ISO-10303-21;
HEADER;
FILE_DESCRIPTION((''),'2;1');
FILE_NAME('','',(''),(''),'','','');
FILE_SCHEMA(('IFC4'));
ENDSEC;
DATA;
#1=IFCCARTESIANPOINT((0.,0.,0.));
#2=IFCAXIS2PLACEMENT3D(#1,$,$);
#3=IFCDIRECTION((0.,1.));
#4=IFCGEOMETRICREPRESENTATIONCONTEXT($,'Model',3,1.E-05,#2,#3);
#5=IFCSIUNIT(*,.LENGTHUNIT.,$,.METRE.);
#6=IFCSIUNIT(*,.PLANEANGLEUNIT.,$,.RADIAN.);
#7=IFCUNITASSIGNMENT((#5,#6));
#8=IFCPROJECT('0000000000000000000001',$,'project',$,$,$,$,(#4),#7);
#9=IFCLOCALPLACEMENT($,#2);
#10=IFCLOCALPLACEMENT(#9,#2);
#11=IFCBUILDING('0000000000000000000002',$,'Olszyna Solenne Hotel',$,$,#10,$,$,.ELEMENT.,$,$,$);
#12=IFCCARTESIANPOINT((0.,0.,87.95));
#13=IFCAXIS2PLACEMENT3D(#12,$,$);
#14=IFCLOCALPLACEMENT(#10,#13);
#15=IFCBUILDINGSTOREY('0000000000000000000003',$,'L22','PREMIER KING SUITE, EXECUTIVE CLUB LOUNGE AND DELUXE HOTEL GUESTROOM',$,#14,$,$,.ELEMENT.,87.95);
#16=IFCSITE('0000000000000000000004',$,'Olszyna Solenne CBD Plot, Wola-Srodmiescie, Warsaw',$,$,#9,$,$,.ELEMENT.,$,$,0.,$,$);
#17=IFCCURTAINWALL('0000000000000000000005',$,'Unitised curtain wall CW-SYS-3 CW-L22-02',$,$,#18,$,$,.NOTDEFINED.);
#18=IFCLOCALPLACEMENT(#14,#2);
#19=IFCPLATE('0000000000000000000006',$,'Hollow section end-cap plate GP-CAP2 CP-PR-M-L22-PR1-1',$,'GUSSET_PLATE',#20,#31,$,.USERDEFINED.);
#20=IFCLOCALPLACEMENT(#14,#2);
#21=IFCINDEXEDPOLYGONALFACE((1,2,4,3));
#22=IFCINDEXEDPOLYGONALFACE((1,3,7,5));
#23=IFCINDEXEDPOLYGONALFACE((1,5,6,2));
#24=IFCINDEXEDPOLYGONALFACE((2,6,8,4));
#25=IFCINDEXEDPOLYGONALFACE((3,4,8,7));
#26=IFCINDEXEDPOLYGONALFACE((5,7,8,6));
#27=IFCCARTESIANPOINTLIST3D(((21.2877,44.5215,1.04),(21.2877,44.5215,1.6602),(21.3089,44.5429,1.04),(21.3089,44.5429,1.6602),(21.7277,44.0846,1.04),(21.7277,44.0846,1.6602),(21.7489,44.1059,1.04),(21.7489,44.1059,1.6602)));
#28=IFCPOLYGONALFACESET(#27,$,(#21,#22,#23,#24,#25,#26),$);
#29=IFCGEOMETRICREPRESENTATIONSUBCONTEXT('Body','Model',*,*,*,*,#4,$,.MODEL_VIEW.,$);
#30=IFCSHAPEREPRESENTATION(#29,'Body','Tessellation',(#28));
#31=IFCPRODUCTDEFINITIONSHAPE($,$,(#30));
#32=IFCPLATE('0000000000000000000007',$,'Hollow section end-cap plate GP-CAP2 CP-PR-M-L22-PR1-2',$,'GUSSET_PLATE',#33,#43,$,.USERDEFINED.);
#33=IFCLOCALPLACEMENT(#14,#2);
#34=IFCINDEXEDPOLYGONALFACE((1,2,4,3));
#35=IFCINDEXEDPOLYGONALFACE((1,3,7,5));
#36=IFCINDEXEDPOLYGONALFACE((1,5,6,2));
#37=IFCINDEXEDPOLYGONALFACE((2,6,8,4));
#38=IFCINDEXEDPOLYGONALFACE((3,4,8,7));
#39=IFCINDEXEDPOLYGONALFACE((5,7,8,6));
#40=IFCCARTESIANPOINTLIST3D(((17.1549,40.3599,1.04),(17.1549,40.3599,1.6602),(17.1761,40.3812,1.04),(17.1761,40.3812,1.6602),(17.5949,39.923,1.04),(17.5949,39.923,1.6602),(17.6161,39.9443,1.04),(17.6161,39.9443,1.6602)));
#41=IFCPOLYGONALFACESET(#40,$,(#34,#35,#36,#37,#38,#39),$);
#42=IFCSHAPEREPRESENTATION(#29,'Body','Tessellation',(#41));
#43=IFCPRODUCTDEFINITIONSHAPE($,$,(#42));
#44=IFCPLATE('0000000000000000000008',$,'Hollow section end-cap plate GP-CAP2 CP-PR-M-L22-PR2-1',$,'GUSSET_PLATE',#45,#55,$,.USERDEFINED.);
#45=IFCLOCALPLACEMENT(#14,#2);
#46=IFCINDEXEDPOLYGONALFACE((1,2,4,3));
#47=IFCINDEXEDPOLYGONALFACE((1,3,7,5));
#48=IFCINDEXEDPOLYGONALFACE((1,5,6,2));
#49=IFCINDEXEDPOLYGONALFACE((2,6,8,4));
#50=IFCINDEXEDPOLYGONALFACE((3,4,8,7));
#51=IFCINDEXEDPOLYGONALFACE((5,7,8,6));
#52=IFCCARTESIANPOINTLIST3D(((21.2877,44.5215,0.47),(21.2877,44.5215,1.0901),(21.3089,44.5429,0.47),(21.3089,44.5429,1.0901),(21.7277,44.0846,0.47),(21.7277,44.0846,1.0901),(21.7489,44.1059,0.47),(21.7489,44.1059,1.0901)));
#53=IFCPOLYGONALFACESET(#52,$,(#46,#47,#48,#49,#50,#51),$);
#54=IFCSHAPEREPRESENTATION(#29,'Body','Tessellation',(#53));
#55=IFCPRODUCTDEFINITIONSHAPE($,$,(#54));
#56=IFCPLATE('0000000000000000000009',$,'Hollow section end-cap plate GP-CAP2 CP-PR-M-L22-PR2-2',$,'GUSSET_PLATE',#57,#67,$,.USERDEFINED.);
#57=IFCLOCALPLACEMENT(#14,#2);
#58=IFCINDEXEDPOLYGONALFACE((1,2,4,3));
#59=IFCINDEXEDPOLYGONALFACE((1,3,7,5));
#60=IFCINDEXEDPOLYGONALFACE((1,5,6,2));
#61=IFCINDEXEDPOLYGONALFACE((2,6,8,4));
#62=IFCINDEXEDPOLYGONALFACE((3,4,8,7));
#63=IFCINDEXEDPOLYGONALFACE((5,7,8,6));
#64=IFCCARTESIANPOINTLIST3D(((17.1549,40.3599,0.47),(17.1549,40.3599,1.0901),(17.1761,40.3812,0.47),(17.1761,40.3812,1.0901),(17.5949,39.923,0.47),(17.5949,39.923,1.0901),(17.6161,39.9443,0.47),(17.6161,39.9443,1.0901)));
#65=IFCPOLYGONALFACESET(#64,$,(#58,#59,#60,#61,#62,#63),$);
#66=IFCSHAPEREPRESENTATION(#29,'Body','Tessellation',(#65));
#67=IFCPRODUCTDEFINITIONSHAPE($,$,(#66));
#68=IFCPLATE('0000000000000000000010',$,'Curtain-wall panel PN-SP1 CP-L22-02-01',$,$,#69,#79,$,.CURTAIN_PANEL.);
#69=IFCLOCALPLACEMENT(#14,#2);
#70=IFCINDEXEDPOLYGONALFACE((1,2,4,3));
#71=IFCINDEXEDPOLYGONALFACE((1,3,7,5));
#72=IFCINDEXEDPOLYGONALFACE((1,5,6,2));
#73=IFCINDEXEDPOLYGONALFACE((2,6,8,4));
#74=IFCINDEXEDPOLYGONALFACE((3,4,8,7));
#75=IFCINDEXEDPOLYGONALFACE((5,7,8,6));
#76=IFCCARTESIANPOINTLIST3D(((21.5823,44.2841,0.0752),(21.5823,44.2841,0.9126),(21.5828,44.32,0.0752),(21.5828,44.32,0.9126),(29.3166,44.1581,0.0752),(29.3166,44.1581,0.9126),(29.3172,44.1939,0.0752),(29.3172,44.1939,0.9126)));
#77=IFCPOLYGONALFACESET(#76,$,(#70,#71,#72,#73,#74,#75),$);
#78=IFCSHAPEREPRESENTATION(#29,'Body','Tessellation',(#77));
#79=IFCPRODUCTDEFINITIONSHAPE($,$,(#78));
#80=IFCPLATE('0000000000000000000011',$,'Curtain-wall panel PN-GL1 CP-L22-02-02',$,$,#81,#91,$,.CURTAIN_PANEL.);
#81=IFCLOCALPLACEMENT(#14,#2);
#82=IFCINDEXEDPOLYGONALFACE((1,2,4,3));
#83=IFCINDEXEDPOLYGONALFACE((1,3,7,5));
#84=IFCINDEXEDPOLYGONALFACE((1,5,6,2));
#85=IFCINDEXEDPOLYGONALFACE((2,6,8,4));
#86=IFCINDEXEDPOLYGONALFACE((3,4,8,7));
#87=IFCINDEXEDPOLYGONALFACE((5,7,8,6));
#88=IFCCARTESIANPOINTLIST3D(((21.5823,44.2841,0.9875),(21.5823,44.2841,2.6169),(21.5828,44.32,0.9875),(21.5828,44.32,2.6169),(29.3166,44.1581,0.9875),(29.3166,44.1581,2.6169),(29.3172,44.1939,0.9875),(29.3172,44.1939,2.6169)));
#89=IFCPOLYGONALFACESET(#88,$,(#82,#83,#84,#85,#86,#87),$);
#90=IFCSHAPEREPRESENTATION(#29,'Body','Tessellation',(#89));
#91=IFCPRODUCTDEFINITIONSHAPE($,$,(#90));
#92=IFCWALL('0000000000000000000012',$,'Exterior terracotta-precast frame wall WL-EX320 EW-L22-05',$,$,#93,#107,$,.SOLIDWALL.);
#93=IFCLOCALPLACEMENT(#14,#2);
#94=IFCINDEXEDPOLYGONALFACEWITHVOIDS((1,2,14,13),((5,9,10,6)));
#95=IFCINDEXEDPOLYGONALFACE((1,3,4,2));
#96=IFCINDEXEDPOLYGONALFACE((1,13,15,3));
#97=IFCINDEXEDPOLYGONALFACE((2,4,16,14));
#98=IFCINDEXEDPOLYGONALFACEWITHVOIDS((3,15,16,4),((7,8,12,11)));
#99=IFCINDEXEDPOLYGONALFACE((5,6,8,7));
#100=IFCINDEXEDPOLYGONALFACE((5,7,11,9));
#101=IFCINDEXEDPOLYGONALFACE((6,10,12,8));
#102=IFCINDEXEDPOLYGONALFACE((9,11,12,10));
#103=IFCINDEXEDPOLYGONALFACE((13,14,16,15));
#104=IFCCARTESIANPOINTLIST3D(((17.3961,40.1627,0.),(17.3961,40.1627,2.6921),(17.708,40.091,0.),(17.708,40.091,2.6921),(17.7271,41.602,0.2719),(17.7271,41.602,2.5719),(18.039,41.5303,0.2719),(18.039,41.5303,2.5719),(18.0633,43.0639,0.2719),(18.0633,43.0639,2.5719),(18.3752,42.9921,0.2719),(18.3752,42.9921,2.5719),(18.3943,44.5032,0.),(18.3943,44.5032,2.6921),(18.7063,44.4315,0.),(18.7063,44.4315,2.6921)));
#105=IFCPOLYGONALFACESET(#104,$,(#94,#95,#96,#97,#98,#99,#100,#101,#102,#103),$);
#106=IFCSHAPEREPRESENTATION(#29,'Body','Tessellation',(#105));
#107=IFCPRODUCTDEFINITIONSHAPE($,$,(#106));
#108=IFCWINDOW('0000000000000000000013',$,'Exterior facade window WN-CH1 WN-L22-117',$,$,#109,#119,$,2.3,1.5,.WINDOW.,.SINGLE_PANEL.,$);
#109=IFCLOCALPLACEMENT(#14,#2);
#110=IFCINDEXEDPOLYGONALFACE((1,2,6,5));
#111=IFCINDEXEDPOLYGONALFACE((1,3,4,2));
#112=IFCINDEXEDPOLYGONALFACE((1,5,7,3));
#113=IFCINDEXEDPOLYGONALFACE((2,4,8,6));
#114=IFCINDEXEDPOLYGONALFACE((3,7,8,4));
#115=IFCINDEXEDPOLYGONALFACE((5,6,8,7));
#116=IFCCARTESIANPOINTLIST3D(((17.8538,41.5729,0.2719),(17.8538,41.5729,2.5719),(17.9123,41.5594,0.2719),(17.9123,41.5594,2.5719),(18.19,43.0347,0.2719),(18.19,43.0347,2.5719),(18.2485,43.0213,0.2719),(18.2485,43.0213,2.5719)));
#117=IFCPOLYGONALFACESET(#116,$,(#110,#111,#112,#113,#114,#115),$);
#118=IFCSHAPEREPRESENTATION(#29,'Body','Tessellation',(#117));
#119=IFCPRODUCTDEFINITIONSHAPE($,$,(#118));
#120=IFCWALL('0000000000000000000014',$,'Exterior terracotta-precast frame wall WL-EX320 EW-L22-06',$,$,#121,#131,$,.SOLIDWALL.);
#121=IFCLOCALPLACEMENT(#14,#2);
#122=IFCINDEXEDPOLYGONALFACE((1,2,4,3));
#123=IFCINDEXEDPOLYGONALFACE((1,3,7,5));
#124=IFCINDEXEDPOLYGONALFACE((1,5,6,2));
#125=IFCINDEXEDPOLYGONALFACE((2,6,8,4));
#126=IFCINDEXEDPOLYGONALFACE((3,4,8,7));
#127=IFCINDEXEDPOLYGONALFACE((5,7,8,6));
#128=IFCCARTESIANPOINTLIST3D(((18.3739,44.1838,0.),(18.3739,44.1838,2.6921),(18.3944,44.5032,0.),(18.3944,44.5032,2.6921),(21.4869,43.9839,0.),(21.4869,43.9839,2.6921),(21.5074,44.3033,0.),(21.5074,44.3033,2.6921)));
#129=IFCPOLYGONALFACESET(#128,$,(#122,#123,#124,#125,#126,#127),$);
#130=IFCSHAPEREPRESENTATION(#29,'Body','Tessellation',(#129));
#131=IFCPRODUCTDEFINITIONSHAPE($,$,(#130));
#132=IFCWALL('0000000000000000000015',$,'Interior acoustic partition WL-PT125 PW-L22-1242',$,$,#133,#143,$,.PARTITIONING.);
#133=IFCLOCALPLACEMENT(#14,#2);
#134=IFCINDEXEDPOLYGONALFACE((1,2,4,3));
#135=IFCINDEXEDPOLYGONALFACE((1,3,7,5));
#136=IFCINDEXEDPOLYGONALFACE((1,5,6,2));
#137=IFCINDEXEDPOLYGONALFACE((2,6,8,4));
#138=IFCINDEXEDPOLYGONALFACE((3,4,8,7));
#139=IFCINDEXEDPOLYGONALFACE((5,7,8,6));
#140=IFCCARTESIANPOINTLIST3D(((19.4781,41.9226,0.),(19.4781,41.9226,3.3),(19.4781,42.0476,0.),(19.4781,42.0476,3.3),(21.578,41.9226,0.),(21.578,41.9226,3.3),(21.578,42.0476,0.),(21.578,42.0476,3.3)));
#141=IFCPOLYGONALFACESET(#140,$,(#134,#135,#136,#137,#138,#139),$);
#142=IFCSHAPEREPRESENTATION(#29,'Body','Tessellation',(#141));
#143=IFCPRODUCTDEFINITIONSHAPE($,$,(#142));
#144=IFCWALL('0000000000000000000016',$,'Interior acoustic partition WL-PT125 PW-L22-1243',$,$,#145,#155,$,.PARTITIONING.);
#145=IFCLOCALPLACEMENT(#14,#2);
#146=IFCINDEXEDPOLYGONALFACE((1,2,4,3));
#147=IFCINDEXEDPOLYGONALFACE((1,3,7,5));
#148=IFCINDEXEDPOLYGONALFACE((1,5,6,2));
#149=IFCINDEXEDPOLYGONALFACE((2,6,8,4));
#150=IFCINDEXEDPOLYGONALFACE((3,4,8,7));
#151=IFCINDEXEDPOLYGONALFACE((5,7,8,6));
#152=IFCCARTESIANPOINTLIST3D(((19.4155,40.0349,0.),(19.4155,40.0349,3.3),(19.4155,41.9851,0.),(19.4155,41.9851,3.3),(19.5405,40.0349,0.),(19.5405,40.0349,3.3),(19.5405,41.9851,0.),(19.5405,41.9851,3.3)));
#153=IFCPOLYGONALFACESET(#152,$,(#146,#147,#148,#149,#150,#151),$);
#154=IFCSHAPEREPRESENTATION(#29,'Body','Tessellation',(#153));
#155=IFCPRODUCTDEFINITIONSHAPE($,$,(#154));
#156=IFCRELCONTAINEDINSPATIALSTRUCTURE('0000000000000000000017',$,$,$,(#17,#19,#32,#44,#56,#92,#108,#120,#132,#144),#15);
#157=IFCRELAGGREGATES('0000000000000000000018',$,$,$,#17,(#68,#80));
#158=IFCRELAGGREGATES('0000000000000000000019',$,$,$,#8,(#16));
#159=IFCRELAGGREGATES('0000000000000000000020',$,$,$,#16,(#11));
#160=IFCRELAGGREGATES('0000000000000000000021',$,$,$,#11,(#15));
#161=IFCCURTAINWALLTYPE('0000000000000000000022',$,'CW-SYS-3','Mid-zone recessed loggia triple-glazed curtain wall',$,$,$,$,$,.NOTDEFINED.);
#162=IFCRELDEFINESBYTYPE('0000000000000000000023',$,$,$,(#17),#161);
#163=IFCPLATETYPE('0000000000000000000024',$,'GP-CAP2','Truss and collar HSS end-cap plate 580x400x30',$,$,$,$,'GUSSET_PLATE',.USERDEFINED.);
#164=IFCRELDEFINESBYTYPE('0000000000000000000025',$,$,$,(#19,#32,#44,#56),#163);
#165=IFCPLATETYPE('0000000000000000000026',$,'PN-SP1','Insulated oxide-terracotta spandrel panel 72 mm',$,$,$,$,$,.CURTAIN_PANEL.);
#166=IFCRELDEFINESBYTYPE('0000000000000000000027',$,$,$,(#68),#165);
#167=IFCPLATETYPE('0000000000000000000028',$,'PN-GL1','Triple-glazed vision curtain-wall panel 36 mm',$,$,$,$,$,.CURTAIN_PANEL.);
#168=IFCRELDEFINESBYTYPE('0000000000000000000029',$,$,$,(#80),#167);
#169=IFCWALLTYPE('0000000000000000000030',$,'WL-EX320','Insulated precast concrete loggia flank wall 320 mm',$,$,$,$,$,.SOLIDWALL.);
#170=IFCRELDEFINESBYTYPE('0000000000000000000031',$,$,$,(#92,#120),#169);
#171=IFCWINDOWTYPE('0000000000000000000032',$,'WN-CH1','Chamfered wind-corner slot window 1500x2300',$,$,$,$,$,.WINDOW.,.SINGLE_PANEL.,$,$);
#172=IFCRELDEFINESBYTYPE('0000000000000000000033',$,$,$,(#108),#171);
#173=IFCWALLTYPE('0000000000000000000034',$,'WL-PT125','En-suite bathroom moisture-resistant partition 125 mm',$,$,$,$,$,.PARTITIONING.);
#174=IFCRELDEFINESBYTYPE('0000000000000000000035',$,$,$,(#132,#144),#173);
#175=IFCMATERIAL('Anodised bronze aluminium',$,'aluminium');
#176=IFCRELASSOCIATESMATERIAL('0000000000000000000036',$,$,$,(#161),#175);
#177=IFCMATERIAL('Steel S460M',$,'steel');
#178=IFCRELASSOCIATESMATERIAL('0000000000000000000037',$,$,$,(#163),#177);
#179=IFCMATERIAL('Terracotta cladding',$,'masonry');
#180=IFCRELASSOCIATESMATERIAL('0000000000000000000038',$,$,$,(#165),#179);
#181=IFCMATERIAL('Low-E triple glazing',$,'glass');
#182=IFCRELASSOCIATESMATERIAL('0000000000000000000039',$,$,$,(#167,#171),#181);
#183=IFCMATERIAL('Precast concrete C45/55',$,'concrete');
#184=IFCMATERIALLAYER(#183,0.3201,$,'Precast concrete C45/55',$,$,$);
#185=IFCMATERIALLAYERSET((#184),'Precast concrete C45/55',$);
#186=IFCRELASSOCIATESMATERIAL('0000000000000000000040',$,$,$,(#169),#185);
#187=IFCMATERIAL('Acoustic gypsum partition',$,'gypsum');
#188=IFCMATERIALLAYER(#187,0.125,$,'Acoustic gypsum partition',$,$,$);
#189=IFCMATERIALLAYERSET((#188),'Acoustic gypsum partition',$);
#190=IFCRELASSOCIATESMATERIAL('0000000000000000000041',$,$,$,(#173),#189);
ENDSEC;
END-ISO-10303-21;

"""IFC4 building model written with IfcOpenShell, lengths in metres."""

from ifc_helpers import new_model, si_unit, direction, frame, frame_2d, origin, origin_2d, place, context, subcontext, project, spatial, rectangle, extrude, source, transform, mapped, material, layer, layer_set, type_object, type_shapes, element, fill, aggregate, save


model = new_model("IFC4")

# Units and contexts
model_context = context("Model", 3, precision=1e-05, world=origin(), true_north=direction((0.0, 1.0)))
body_context = subcontext(model_context, "Body", "Model", "MODEL_VIEW")
ifc_project = project(units=[si_unit("LENGTHUNIT", "METRE"), si_unit("PLANEANGLEUNIT", "RADIAN")], contexts=[model_context])

# Site, building, storey
site_placement = place(None, origin())
site = spatial("IfcSite", under=ifc_project, at=site_placement, Name="Olszyna Solenne CBD Plot, Wola-Srodmiescie, Warsaw", CompositionType="ELEMENT", RefElevation=0.0)
building_placement = place(site_placement, origin())
building = spatial("IfcBuilding", under=site, at=building_placement, Name="Olszyna Solenne Hotel", CompositionType="ELEMENT")
storey_placement = place(building_placement, frame((0.0, 0.0, 87.95)))
storey = spatial("IfcBuildingStorey", under=building, at=storey_placement, Name="L22", Description="PREMIER KING SUITE, EXECUTIVE CLUB LOUNGE AND DELUXE HOTEL GUESTROOM", CompositionType="ELEMENT", Elevation=87.95)

# Shared definitions
ifc_material_1 = material(Name="Steel S460M", Category="steel")

# Curtain wall
ifc_material_2 = material(Name="Anodised bronze aluminium", Category="aluminium")
curtain_wall_type = type_object("IfcCurtainWallType", Name="CW-SYS-3", Description="Mid-zone recessed loggia triple-glazed curtain wall", PredefinedType="NOTDEFINED", material=ifc_material_2)
curtain_wall_placement = place(storey_placement, origin())
curtain_wall = element("IfcCurtainWall", 1, at=curtain_wall_placement, inside=storey, type_object=curtain_wall_type, Name="Unitised curtain wall CW-SYS-3 CW-L22-02", PredefinedType="NOTDEFINED")

# Plates
plate_type_1 = type_object("IfcPlateType", Name="GP-CAP2", Description="Truss and collar HSS end-cap plate 580x400x30", ElementType="GUSSET_PLATE", PredefinedType="USERDEFINED", material=ifc_material_1)
shared_shape_1 = source(origin(), body_context, "Body", "SweptSolid", [
    extrude(rectangle(XDim=0.03, YDim=0.6201, at=origin_2d()), origin(), (0.0, 0.0, 1.0), 0.6201),
])
for number, where, z_axis, x_axis, name in (
    (2, (21.5183, 44.3137, 1.04), (0.0, 0.0, 1.0), (-0.704634, -0.709571, 0.0), "Hollow section end-cap plate GP-CAP2 CP-PR-M-L22-PR1-1"),
    (3, (17.3855, 40.1521, 1.04), (0.0, 0.0, 1.0), (-0.704634, -0.709571, 0.0), "Hollow section end-cap plate GP-CAP2 CP-PR-M-L22-PR1-2"),
    (4, (21.5183, 44.3137, 0.47), (0.0, 0.0, 1.0), (-0.704634, -0.709571, 0.0), "Hollow section end-cap plate GP-CAP2 CP-PR-M-L22-PR2-1"),
    (5, (17.3855, 40.1521, 0.47), (0.0, 0.0, 1.0), (-0.704634, -0.709571, 0.0), "Hollow section end-cap plate GP-CAP2 CP-PR-M-L22-PR2-2"),
):
    element("IfcPlate", number, at=place(storey_placement, frame(where, z_axis=z_axis, x_axis=x_axis)), inside=storey, type_object=plate_type_1, Name=name, ObjectType="GUSSET_PLATE", PredefinedType="USERDEFINED", context=body_context, shape_type="MappedRepresentation", body=[
        mapped(shared_shape_1, transform((0.0, 0.0, 0.0), x_axis=(1.0, 0.0, 0.0), y_axis=(0.0, 1.0, 0.0), z_axis=(0.0, 0.0, 1.0), scale=1.0)),
    ])

# Plates
ifc_material_3 = material(Name="Terracotta cladding", Category="masonry")
plate_type_2 = type_object("IfcPlateType", Name="PN-SP1", Description="Insulated oxide-terracotta spandrel panel 72 mm", PredefinedType="CURTAIN_PANEL", material=ifc_material_3)
shared_shape_2 = source(origin(), body_context, "Body", "SweptSolid", [
    extrude(rectangle(XDim=7.7354, YDim=0.0359, at=origin_2d()), origin(), (0.0, 0.0, 1.0), 0.8374),
])
plate_1_placement = place(storey_placement, frame((25.4497, 44.239, 0.0752), z_axis=(0.0, 0.0, 1.0), x_axis=(0.999867, -0.016293, 0.0)))
plate_1 = element("IfcPlate", 6, at=plate_1_placement, type_object=plate_type_2, Name="Curtain-wall panel PN-SP1 CP-L22-02-01", PredefinedType="CURTAIN_PANEL", context=body_context, shape_type="MappedRepresentation", body=[
    mapped(shared_shape_2, transform((0.0, 0.0, 0.0), x_axis=(1.0, 0.0, 0.0), y_axis=(0.0, 1.0, 0.0), z_axis=(0.0, 0.0, 1.0), scale=1.0)),
])
ifc_material_4 = material(Name="Low-E triple glazing", Category="glass")
plate_type_3 = type_object("IfcPlateType", Name="PN-GL1", Description="Triple-glazed vision curtain-wall panel 36 mm", PredefinedType="CURTAIN_PANEL", material=ifc_material_4)
shared_shape_3 = source(origin(), body_context, "Body", "SweptSolid", [
    extrude(rectangle(XDim=7.7354, YDim=0.0359, at=origin_2d()), origin(), (0.0, 0.0, 1.0), 1.6294),
])
plate_2_placement = place(storey_placement, frame((25.4497, 44.239, 0.9875), z_axis=(0.0, 0.0, 1.0), x_axis=(0.999867, -0.016293, 0.0)))
plate_2 = element("IfcPlate", 7, at=plate_2_placement, type_object=plate_type_3, Name="Curtain-wall panel PN-GL1 CP-L22-02-02", PredefinedType="CURTAIN_PANEL", context=body_context, shape_type="MappedRepresentation", body=[
    mapped(shared_shape_3, transform((0.0, 0.0, 0.0), x_axis=(1.0, 0.0, 0.0), y_axis=(0.0, 1.0, 0.0), z_axis=(0.0, 0.0, 1.0), scale=1.0)),
])
aggregate(curtain_wall, [plate_1, plate_2])

# Wall, opening, window
ifc_material_5 = material(Name="Precast concrete C45/55", Category="concrete")
ifc_layer_1 = layer(ifc_material_5, 0.3201, Name="Precast concrete C45/55")
ifc_layer_set_1 = layer_set([ifc_layer_1], Name="Precast concrete C45/55")
wall_type_1 = type_object("IfcWallType", Name="WL-EX320", Description="Insulated precast concrete loggia flank wall 320 mm", PredefinedType="SOLIDWALL", material=ifc_layer_set_1)
wall_1_placement = place(storey_placement, frame((17.552, 40.1267, 0.0), z_axis=(0.0, 0.0, 1.0), x_axis=(0.224139, 0.974557, 0.0)))
wall_1 = element("IfcWall", 8, at=wall_1_placement, inside=storey, type_object=wall_type_1, Name="Exterior terracotta-precast frame wall WL-EX320 EW-L22-05", PredefinedType="SOLIDWALL", context=body_context, shape_type="SweptSolid", body=[
    extrude(rectangle(XDim=4.4539, YDim=0.3201, at=frame_2d((2.2271, 0.0))), origin(), (0.0, 0.0, 1.0), 2.6921),
])
opening_placement = place(wall_1_placement, frame((1.4771, 0.0, 0.272)))
opening = element("IfcOpeningElement", 9, at=opening_placement, cuts=wall_1, PredefinedType="OPENING", context=body_context, shape_type="SweptSolid", body=[
    extrude(rectangle(XDim=1.5, YDim=2.3, at=frame_2d((0.75, 1.1499))), frame((0.0, 0.1699, 0.0), z_axis=(0.0, -1.0, 0.0), x_axis=(1.0, 0.0, 0.0)), (0.0, 0.0, 1.0), 0.3401),
])
window_type = type_object("IfcWindowType", Name="WN-CH1", Description="Chamfered wind-corner slot window 1500x2300", PartitioningType="SINGLE_PANEL", PredefinedType="WINDOW", material=ifc_material_4)
shared_shape_4 = source(origin(), body_context, "Body", "SweptSolid", [
    extrude(rectangle(XDim=1.5, YDim=2.3, at=frame_2d((0.75, 1.1499))), frame((0.0, 0.03, 0.0), z_axis=(0.0, -1.0, 0.0), x_axis=(1.0, 0.0, 0.0)), (0.0, 0.0, 1.0), 0.0601),
])
type_shapes(window_type, [shared_shape_4])
window_placement = place(opening_placement, origin())
window = element("IfcWindow", 10, at=window_placement, inside=storey, type_object=window_type, Name="Exterior facade window WN-CH1 WN-L22-117", OverallHeight=2.3, OverallWidth=1.5, PartitioningType="SINGLE_PANEL", PredefinedType="WINDOW", context=body_context, shape_type="MappedRepresentation", body=[
    mapped(shared_shape_4, transform((0.0, 0.0, 0.0), x_axis=(1.0, 0.0, 0.0), y_axis=(0.0, 1.0, 0.0), z_axis=(0.0, 0.0, 1.0), scale=1.0)),
])
fill(opening, window)

# Walls
wall_2_placement = place(storey_placement, frame((18.3843, 44.3435, 0.0), z_axis=(0.0, 0.0, 1.0), x_axis=(0.997944, -0.064098, 0.0)))
element("IfcWall", 11, at=wall_2_placement, inside=storey, type_object=wall_type_1, Name="Exterior terracotta-precast frame wall WL-EX320 EW-L22-06", PredefinedType="SOLIDWALL", context=body_context, shape_type="SweptSolid", body=[
    extrude(rectangle(XDim=3.1194, YDim=0.3201, at=frame_2d((1.5596, 0.0))), origin(), (0.0, 0.0, 1.0), 2.6921),
])
ifc_material_6 = material(Name="Acoustic gypsum partition", Category="gypsum")
ifc_layer_2 = layer(ifc_material_6, 0.125, Name="Acoustic gypsum partition")
ifc_layer_set_2 = layer_set([ifc_layer_2], Name="Acoustic gypsum partition")
wall_type_2 = type_object("IfcWallType", Name="WL-PT125", Description="En-suite bathroom moisture-resistant partition 125 mm", PredefinedType="PARTITIONING", material=ifc_layer_set_2)
wall_3_placement = place(storey_placement, frame((21.5779, 41.9851, 0.0), z_axis=(0.0, 0.0, 1.0), x_axis=(-1.0, 0.0, 0.0)))
element("IfcWall", 12, at=wall_3_placement, inside=storey, type_object=wall_type_2, Name="Interior acoustic partition WL-PT125 PW-L22-1242", PredefinedType="PARTITIONING", context=body_context, shape_type="SweptSolid", body=[
    extrude(rectangle(XDim=2.0999, YDim=0.125, at=frame_2d((1.0498, 0.0))), origin(), (0.0, 0.0, 1.0), 3.3),
])
wall_4_placement = place(storey_placement, frame((19.478, 41.9851, 0.0), z_axis=(0.0, 0.0, 1.0), x_axis=(0.0, -1.0, 0.0)))
element("IfcWall", 13, at=wall_4_placement, inside=storey, type_object=wall_type_2, Name="Interior acoustic partition WL-PT125 PW-L22-1243", PredefinedType="PARTITIONING", context=body_context, shape_type="SweptSolid", body=[
    extrude(rectangle(XDim=1.9502, YDim=0.125, at=frame_2d((0.9751, 0.0))), origin(), (0.0, 0.0, 1.0), 3.3),
])

save(model, "model.ifc")
